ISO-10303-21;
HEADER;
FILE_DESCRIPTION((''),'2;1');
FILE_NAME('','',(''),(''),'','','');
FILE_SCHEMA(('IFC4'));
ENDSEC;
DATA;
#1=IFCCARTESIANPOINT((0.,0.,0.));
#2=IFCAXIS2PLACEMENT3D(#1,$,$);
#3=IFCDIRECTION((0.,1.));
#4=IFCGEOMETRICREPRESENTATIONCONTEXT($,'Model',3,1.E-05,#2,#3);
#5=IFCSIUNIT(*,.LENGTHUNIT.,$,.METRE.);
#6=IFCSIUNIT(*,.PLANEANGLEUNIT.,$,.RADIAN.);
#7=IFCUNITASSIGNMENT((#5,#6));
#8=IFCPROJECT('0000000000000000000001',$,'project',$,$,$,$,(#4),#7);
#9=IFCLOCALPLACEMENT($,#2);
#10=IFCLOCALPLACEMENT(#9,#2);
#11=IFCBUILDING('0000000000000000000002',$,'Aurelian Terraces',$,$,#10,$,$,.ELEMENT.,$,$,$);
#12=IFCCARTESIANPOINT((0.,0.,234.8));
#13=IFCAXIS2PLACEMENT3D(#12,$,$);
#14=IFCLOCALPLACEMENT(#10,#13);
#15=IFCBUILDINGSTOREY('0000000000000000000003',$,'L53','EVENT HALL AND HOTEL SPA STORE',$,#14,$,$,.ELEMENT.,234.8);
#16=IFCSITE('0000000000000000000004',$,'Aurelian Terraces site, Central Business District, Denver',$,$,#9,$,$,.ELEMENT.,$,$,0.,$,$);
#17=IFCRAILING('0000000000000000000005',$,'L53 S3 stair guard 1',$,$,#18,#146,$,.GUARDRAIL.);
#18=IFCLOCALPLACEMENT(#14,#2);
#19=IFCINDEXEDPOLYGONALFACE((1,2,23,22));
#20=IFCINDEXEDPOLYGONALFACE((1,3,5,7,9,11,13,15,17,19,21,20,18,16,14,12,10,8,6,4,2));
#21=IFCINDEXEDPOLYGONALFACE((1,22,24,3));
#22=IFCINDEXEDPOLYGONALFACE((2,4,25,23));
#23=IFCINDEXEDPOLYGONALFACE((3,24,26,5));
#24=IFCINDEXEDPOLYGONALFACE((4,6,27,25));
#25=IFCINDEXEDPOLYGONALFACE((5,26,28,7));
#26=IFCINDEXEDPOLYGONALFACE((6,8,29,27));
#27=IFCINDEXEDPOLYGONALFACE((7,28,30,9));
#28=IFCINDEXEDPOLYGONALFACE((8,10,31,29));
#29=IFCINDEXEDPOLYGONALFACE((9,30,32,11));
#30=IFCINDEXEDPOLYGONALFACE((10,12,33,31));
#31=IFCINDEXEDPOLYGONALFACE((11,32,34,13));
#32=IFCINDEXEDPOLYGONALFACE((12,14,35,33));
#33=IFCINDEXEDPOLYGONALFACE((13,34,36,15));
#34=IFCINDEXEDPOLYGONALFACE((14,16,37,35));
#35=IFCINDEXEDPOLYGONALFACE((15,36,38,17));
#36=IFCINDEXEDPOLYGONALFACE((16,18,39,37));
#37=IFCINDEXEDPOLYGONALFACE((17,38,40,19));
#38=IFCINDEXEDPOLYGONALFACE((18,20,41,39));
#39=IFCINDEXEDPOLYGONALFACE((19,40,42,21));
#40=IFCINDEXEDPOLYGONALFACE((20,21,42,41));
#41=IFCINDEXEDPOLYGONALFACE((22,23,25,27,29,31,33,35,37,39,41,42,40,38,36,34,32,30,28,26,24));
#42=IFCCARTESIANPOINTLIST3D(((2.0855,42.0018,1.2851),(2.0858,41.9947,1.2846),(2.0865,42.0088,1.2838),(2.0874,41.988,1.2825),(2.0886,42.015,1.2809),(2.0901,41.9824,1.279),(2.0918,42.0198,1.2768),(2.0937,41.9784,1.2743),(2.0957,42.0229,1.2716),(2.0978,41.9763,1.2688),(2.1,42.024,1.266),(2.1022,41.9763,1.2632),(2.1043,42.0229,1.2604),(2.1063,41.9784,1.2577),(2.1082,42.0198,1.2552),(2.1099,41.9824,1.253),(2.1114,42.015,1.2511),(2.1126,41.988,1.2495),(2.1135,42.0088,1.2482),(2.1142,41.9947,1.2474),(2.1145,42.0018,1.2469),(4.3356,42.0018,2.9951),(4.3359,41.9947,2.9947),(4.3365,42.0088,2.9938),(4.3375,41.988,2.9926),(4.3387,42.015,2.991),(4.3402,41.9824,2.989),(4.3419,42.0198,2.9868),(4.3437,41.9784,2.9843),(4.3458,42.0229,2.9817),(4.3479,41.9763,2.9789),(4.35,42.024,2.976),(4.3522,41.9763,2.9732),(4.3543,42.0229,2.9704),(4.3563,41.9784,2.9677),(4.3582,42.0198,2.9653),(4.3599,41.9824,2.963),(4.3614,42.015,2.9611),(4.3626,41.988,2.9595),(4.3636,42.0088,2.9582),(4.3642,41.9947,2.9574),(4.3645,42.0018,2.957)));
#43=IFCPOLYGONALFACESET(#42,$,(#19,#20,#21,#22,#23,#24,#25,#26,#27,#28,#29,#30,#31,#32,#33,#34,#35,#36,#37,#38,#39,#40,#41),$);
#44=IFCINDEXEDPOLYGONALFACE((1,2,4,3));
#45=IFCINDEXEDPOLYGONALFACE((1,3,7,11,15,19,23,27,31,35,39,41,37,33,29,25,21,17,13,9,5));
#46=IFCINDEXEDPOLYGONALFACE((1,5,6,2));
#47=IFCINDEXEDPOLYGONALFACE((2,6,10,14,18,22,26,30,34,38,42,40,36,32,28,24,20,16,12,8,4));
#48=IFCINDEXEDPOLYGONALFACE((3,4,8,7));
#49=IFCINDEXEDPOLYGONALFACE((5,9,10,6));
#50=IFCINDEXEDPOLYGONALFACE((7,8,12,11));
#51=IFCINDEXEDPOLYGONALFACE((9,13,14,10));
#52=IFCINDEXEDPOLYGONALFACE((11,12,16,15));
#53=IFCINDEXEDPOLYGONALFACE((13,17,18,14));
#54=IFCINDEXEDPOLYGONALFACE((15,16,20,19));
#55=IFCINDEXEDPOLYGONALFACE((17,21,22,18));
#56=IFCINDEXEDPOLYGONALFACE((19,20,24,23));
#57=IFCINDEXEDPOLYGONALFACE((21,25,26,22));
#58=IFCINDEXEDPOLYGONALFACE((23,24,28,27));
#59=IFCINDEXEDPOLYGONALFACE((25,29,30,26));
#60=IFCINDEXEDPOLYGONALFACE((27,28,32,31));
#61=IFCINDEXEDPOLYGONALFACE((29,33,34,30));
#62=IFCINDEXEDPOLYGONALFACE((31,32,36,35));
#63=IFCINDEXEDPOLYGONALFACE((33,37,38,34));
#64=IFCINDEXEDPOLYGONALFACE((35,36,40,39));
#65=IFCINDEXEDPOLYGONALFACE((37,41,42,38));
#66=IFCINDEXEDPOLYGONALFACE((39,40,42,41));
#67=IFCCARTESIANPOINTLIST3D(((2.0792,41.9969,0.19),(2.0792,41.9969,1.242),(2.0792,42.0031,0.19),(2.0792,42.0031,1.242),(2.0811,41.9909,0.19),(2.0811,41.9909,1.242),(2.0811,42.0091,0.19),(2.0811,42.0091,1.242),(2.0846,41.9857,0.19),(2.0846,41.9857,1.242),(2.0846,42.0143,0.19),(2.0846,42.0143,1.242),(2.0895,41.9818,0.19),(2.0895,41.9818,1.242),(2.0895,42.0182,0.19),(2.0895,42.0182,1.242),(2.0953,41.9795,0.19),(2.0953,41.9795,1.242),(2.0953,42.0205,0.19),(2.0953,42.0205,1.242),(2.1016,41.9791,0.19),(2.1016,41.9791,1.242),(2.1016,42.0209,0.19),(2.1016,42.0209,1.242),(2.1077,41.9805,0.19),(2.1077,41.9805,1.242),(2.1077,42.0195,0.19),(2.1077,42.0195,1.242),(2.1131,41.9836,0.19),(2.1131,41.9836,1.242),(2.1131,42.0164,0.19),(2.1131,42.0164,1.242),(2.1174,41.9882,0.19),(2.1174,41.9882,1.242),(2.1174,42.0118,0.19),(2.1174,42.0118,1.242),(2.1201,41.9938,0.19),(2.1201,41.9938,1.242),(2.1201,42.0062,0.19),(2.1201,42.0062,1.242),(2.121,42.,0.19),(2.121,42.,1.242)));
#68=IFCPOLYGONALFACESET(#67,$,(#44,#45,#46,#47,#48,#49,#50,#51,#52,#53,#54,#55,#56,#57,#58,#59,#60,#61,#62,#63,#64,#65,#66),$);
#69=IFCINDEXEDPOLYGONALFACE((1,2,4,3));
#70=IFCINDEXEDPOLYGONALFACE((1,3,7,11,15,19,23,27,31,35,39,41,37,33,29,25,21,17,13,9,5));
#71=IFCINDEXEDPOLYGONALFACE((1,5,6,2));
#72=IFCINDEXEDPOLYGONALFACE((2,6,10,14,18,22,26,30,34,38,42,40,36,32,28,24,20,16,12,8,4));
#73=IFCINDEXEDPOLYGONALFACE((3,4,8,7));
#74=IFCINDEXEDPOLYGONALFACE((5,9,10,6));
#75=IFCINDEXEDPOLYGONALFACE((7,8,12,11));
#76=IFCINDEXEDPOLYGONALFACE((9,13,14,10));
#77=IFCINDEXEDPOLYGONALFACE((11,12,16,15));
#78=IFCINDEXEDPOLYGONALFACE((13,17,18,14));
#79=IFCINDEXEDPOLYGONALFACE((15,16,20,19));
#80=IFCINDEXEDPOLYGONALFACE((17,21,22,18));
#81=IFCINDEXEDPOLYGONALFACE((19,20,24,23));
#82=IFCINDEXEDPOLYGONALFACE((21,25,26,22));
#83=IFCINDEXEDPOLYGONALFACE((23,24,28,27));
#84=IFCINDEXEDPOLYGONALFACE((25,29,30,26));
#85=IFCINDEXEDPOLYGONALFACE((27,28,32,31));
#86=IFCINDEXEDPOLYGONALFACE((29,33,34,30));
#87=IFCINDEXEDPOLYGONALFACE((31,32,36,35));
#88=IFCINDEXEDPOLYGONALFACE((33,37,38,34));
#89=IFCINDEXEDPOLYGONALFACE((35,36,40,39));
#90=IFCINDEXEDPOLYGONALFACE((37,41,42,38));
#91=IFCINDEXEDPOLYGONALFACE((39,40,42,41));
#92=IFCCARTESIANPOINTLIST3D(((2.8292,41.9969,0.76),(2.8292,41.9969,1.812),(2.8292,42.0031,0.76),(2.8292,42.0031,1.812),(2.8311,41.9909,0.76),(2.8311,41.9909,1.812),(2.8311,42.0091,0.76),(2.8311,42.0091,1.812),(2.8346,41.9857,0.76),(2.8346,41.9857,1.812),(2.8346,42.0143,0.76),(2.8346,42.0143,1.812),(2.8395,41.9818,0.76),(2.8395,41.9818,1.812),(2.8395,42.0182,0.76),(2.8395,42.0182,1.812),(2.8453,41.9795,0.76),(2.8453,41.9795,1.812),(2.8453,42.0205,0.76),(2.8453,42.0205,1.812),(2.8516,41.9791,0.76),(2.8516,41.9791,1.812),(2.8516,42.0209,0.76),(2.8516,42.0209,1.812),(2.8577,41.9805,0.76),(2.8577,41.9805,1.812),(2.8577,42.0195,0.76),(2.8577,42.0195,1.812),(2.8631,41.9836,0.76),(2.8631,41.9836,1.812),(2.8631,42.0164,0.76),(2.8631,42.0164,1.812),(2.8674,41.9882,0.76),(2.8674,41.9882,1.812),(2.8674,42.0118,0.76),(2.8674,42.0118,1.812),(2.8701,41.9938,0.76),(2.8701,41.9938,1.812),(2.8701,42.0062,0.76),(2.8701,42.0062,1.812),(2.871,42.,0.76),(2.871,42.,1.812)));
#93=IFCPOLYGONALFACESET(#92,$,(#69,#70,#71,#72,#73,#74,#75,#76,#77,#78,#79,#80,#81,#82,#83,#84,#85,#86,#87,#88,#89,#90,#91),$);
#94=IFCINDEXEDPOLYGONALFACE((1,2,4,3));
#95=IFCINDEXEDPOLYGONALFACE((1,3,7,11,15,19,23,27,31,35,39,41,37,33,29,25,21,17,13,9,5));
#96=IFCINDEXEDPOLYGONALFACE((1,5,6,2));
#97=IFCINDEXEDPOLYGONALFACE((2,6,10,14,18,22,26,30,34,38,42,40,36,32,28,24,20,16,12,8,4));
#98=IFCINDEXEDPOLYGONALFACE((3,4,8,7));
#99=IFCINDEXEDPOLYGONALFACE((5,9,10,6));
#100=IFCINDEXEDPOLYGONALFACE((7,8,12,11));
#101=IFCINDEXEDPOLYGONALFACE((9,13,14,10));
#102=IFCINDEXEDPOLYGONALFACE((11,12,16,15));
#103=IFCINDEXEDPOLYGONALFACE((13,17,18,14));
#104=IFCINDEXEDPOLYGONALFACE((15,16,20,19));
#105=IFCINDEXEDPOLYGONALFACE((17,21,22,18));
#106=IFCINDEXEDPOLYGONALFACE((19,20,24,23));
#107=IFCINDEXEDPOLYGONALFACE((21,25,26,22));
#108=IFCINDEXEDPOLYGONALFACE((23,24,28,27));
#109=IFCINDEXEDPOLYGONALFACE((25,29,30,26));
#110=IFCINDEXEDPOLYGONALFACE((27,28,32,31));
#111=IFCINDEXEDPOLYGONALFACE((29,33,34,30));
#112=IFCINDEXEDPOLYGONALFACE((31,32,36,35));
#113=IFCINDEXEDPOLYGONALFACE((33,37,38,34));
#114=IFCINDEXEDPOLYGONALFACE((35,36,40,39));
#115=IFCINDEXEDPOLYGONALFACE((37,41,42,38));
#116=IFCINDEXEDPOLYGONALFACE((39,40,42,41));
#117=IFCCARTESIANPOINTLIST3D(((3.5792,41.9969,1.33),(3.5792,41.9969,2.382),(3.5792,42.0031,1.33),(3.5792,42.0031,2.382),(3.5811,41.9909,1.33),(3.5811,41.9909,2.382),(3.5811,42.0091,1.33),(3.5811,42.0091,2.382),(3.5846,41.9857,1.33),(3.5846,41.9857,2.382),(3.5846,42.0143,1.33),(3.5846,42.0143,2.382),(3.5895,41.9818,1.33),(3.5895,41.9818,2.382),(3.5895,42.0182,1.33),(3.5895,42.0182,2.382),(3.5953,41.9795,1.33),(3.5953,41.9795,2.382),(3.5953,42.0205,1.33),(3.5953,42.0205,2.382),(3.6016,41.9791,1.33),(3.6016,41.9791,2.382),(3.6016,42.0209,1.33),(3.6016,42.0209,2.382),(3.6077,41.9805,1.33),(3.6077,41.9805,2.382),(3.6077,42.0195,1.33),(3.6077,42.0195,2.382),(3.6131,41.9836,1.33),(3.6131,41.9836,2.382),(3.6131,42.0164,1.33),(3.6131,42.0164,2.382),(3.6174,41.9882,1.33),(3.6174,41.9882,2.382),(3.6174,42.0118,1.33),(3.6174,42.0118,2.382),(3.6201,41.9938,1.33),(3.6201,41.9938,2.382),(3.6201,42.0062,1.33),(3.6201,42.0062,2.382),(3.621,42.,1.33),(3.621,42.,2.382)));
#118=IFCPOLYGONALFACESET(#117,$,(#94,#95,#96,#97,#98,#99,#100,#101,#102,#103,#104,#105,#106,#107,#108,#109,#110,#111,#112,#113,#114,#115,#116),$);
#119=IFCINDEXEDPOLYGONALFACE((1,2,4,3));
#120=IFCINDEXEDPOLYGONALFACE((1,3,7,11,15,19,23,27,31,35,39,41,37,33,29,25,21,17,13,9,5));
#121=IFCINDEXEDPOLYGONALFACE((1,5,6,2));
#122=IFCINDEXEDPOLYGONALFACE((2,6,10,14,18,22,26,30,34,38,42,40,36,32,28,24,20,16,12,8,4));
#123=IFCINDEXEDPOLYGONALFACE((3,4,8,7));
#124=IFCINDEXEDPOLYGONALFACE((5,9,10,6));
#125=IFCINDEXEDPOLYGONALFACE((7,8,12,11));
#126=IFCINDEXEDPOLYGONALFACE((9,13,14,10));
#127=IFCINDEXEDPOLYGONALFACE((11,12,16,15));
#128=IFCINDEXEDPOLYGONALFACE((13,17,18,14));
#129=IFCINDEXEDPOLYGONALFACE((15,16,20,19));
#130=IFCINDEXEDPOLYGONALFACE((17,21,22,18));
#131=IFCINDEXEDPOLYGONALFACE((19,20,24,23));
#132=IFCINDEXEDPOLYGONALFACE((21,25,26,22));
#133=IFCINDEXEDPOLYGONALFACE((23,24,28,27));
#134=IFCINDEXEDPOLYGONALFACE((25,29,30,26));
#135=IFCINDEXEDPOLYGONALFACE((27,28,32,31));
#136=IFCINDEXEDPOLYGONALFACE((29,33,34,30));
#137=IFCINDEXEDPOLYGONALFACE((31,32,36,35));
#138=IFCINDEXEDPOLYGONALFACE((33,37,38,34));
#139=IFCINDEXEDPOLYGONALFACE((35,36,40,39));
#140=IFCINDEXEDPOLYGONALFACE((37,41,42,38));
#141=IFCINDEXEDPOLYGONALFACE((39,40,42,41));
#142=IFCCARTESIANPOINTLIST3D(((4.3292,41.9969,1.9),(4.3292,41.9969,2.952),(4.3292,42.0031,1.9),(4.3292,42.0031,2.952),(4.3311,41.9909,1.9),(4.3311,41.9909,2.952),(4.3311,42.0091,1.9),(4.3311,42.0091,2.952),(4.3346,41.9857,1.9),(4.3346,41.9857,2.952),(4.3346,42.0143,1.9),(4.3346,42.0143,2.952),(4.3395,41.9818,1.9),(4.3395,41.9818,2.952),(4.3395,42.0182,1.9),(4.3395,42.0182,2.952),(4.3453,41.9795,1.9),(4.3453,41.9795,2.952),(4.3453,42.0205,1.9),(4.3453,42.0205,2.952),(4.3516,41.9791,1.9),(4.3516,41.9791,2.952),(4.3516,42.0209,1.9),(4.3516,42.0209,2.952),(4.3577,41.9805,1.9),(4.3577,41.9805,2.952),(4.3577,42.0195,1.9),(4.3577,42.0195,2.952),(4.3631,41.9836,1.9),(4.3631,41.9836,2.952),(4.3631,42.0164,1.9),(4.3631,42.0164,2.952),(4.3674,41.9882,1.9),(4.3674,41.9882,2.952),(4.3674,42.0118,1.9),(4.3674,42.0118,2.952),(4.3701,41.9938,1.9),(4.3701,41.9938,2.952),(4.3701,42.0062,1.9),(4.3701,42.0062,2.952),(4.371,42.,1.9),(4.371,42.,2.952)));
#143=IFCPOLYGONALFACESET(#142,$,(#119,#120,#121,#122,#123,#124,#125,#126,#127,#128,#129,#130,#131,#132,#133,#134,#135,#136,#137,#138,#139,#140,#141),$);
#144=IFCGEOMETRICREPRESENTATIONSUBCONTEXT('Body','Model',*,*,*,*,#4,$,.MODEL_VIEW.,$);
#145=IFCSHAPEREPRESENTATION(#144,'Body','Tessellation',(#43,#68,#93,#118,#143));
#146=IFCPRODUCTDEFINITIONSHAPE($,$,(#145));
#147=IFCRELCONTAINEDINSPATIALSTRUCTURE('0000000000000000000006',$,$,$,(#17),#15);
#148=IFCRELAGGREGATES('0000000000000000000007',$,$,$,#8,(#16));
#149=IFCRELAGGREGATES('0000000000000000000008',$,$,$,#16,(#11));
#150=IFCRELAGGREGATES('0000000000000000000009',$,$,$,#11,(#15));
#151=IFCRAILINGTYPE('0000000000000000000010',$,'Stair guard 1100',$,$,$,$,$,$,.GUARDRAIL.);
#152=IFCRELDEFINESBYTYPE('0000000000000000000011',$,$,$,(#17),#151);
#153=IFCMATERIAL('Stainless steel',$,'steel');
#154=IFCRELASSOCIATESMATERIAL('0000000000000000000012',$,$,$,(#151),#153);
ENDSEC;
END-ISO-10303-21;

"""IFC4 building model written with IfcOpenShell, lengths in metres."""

from ifc_helpers import new_model, si_unit, direction, frame, origin, origin_2d, place, context, subcontext, project, spatial, circle, extrude, source, transform, mapped, material, type_object, element, save


model = new_model("IFC4")

# Units and contexts
model_context = context("Model", 3, precision=1e-05, world=origin(), true_north=direction((0.0, 1.0)))
body_context = subcontext(model_context, "Body", "Model", "MODEL_VIEW")
ifc_project = project(units=[si_unit("LENGTHUNIT", "METRE"), si_unit("PLANEANGLEUNIT", "RADIAN")], contexts=[model_context])

# Site, building, storey
site_placement = place(None, origin())
site = spatial("IfcSite", under=ifc_project, at=site_placement, Name="Aurelian Terraces site, Central Business District, Denver", CompositionType="ELEMENT", RefElevation=0.0)
building_placement = place(site_placement, origin())
building = spatial("IfcBuilding", under=site, at=building_placement, Name="Aurelian Terraces", CompositionType="ELEMENT")
storey_placement = place(building_placement, frame((0.0, 0.0, 234.8)))
storey = spatial("IfcBuildingStorey", under=building, at=storey_placement, Name="L53", Description="EVENT HALL AND HOTEL SPA STORE", CompositionType="ELEMENT", Elevation=234.8)

# Railing
ifc_material_1 = material(Name="Stainless steel", Category="steel")
railing_type_1 = type_object("IfcRailingType", Name="Stair guard 1100", PredefinedType="GUARDRAIL", material=ifc_material_1)
shared_shape_1 = source(origin(), body_context, "Body", "SweptSolid", [
    extrude(circle(Radius=0.024, at=origin_2d()), frame((0.0, 0.0, 1.076), z_axis=(0.796162, 0.0, 0.605083), x_axis=(0.0, 1.0, 0.0)), (0.0, 0.0, 1.0), 2.8261),
    extrude(circle(Radius=0.021, at=origin_2d()), origin(), (0.0, 0.0, 1.0), 1.052),
    extrude(circle(Radius=0.021, at=origin_2d()), frame((0.75, 0.0, 0.57)), (0.0, 0.0, 1.0), 1.052),
    extrude(circle(Radius=0.021, at=origin_2d()), frame((1.5, 0.0, 1.14)), (0.0, 0.0, 1.0), 1.052),
    extrude(circle(Radius=0.021, at=origin_2d()), frame((2.25, 0.0, 1.71)), (0.0, 0.0, 1.0), 1.052),
])
railing_1_placement = place(storey_placement, frame((2.1, 42.0, 0.19)))
element("IfcRailing", 1, at=railing_1_placement, inside=storey, type_object=railing_type_1, Name="L53 S3 stair guard 1", PredefinedType="GUARDRAIL", context=body_context, shape_type="MappedRepresentation", body=[
    mapped(shared_shape_1, transform((0.0, 0.0, 0.0), scale=1.0)),
])

save(model, "model.ifc")
